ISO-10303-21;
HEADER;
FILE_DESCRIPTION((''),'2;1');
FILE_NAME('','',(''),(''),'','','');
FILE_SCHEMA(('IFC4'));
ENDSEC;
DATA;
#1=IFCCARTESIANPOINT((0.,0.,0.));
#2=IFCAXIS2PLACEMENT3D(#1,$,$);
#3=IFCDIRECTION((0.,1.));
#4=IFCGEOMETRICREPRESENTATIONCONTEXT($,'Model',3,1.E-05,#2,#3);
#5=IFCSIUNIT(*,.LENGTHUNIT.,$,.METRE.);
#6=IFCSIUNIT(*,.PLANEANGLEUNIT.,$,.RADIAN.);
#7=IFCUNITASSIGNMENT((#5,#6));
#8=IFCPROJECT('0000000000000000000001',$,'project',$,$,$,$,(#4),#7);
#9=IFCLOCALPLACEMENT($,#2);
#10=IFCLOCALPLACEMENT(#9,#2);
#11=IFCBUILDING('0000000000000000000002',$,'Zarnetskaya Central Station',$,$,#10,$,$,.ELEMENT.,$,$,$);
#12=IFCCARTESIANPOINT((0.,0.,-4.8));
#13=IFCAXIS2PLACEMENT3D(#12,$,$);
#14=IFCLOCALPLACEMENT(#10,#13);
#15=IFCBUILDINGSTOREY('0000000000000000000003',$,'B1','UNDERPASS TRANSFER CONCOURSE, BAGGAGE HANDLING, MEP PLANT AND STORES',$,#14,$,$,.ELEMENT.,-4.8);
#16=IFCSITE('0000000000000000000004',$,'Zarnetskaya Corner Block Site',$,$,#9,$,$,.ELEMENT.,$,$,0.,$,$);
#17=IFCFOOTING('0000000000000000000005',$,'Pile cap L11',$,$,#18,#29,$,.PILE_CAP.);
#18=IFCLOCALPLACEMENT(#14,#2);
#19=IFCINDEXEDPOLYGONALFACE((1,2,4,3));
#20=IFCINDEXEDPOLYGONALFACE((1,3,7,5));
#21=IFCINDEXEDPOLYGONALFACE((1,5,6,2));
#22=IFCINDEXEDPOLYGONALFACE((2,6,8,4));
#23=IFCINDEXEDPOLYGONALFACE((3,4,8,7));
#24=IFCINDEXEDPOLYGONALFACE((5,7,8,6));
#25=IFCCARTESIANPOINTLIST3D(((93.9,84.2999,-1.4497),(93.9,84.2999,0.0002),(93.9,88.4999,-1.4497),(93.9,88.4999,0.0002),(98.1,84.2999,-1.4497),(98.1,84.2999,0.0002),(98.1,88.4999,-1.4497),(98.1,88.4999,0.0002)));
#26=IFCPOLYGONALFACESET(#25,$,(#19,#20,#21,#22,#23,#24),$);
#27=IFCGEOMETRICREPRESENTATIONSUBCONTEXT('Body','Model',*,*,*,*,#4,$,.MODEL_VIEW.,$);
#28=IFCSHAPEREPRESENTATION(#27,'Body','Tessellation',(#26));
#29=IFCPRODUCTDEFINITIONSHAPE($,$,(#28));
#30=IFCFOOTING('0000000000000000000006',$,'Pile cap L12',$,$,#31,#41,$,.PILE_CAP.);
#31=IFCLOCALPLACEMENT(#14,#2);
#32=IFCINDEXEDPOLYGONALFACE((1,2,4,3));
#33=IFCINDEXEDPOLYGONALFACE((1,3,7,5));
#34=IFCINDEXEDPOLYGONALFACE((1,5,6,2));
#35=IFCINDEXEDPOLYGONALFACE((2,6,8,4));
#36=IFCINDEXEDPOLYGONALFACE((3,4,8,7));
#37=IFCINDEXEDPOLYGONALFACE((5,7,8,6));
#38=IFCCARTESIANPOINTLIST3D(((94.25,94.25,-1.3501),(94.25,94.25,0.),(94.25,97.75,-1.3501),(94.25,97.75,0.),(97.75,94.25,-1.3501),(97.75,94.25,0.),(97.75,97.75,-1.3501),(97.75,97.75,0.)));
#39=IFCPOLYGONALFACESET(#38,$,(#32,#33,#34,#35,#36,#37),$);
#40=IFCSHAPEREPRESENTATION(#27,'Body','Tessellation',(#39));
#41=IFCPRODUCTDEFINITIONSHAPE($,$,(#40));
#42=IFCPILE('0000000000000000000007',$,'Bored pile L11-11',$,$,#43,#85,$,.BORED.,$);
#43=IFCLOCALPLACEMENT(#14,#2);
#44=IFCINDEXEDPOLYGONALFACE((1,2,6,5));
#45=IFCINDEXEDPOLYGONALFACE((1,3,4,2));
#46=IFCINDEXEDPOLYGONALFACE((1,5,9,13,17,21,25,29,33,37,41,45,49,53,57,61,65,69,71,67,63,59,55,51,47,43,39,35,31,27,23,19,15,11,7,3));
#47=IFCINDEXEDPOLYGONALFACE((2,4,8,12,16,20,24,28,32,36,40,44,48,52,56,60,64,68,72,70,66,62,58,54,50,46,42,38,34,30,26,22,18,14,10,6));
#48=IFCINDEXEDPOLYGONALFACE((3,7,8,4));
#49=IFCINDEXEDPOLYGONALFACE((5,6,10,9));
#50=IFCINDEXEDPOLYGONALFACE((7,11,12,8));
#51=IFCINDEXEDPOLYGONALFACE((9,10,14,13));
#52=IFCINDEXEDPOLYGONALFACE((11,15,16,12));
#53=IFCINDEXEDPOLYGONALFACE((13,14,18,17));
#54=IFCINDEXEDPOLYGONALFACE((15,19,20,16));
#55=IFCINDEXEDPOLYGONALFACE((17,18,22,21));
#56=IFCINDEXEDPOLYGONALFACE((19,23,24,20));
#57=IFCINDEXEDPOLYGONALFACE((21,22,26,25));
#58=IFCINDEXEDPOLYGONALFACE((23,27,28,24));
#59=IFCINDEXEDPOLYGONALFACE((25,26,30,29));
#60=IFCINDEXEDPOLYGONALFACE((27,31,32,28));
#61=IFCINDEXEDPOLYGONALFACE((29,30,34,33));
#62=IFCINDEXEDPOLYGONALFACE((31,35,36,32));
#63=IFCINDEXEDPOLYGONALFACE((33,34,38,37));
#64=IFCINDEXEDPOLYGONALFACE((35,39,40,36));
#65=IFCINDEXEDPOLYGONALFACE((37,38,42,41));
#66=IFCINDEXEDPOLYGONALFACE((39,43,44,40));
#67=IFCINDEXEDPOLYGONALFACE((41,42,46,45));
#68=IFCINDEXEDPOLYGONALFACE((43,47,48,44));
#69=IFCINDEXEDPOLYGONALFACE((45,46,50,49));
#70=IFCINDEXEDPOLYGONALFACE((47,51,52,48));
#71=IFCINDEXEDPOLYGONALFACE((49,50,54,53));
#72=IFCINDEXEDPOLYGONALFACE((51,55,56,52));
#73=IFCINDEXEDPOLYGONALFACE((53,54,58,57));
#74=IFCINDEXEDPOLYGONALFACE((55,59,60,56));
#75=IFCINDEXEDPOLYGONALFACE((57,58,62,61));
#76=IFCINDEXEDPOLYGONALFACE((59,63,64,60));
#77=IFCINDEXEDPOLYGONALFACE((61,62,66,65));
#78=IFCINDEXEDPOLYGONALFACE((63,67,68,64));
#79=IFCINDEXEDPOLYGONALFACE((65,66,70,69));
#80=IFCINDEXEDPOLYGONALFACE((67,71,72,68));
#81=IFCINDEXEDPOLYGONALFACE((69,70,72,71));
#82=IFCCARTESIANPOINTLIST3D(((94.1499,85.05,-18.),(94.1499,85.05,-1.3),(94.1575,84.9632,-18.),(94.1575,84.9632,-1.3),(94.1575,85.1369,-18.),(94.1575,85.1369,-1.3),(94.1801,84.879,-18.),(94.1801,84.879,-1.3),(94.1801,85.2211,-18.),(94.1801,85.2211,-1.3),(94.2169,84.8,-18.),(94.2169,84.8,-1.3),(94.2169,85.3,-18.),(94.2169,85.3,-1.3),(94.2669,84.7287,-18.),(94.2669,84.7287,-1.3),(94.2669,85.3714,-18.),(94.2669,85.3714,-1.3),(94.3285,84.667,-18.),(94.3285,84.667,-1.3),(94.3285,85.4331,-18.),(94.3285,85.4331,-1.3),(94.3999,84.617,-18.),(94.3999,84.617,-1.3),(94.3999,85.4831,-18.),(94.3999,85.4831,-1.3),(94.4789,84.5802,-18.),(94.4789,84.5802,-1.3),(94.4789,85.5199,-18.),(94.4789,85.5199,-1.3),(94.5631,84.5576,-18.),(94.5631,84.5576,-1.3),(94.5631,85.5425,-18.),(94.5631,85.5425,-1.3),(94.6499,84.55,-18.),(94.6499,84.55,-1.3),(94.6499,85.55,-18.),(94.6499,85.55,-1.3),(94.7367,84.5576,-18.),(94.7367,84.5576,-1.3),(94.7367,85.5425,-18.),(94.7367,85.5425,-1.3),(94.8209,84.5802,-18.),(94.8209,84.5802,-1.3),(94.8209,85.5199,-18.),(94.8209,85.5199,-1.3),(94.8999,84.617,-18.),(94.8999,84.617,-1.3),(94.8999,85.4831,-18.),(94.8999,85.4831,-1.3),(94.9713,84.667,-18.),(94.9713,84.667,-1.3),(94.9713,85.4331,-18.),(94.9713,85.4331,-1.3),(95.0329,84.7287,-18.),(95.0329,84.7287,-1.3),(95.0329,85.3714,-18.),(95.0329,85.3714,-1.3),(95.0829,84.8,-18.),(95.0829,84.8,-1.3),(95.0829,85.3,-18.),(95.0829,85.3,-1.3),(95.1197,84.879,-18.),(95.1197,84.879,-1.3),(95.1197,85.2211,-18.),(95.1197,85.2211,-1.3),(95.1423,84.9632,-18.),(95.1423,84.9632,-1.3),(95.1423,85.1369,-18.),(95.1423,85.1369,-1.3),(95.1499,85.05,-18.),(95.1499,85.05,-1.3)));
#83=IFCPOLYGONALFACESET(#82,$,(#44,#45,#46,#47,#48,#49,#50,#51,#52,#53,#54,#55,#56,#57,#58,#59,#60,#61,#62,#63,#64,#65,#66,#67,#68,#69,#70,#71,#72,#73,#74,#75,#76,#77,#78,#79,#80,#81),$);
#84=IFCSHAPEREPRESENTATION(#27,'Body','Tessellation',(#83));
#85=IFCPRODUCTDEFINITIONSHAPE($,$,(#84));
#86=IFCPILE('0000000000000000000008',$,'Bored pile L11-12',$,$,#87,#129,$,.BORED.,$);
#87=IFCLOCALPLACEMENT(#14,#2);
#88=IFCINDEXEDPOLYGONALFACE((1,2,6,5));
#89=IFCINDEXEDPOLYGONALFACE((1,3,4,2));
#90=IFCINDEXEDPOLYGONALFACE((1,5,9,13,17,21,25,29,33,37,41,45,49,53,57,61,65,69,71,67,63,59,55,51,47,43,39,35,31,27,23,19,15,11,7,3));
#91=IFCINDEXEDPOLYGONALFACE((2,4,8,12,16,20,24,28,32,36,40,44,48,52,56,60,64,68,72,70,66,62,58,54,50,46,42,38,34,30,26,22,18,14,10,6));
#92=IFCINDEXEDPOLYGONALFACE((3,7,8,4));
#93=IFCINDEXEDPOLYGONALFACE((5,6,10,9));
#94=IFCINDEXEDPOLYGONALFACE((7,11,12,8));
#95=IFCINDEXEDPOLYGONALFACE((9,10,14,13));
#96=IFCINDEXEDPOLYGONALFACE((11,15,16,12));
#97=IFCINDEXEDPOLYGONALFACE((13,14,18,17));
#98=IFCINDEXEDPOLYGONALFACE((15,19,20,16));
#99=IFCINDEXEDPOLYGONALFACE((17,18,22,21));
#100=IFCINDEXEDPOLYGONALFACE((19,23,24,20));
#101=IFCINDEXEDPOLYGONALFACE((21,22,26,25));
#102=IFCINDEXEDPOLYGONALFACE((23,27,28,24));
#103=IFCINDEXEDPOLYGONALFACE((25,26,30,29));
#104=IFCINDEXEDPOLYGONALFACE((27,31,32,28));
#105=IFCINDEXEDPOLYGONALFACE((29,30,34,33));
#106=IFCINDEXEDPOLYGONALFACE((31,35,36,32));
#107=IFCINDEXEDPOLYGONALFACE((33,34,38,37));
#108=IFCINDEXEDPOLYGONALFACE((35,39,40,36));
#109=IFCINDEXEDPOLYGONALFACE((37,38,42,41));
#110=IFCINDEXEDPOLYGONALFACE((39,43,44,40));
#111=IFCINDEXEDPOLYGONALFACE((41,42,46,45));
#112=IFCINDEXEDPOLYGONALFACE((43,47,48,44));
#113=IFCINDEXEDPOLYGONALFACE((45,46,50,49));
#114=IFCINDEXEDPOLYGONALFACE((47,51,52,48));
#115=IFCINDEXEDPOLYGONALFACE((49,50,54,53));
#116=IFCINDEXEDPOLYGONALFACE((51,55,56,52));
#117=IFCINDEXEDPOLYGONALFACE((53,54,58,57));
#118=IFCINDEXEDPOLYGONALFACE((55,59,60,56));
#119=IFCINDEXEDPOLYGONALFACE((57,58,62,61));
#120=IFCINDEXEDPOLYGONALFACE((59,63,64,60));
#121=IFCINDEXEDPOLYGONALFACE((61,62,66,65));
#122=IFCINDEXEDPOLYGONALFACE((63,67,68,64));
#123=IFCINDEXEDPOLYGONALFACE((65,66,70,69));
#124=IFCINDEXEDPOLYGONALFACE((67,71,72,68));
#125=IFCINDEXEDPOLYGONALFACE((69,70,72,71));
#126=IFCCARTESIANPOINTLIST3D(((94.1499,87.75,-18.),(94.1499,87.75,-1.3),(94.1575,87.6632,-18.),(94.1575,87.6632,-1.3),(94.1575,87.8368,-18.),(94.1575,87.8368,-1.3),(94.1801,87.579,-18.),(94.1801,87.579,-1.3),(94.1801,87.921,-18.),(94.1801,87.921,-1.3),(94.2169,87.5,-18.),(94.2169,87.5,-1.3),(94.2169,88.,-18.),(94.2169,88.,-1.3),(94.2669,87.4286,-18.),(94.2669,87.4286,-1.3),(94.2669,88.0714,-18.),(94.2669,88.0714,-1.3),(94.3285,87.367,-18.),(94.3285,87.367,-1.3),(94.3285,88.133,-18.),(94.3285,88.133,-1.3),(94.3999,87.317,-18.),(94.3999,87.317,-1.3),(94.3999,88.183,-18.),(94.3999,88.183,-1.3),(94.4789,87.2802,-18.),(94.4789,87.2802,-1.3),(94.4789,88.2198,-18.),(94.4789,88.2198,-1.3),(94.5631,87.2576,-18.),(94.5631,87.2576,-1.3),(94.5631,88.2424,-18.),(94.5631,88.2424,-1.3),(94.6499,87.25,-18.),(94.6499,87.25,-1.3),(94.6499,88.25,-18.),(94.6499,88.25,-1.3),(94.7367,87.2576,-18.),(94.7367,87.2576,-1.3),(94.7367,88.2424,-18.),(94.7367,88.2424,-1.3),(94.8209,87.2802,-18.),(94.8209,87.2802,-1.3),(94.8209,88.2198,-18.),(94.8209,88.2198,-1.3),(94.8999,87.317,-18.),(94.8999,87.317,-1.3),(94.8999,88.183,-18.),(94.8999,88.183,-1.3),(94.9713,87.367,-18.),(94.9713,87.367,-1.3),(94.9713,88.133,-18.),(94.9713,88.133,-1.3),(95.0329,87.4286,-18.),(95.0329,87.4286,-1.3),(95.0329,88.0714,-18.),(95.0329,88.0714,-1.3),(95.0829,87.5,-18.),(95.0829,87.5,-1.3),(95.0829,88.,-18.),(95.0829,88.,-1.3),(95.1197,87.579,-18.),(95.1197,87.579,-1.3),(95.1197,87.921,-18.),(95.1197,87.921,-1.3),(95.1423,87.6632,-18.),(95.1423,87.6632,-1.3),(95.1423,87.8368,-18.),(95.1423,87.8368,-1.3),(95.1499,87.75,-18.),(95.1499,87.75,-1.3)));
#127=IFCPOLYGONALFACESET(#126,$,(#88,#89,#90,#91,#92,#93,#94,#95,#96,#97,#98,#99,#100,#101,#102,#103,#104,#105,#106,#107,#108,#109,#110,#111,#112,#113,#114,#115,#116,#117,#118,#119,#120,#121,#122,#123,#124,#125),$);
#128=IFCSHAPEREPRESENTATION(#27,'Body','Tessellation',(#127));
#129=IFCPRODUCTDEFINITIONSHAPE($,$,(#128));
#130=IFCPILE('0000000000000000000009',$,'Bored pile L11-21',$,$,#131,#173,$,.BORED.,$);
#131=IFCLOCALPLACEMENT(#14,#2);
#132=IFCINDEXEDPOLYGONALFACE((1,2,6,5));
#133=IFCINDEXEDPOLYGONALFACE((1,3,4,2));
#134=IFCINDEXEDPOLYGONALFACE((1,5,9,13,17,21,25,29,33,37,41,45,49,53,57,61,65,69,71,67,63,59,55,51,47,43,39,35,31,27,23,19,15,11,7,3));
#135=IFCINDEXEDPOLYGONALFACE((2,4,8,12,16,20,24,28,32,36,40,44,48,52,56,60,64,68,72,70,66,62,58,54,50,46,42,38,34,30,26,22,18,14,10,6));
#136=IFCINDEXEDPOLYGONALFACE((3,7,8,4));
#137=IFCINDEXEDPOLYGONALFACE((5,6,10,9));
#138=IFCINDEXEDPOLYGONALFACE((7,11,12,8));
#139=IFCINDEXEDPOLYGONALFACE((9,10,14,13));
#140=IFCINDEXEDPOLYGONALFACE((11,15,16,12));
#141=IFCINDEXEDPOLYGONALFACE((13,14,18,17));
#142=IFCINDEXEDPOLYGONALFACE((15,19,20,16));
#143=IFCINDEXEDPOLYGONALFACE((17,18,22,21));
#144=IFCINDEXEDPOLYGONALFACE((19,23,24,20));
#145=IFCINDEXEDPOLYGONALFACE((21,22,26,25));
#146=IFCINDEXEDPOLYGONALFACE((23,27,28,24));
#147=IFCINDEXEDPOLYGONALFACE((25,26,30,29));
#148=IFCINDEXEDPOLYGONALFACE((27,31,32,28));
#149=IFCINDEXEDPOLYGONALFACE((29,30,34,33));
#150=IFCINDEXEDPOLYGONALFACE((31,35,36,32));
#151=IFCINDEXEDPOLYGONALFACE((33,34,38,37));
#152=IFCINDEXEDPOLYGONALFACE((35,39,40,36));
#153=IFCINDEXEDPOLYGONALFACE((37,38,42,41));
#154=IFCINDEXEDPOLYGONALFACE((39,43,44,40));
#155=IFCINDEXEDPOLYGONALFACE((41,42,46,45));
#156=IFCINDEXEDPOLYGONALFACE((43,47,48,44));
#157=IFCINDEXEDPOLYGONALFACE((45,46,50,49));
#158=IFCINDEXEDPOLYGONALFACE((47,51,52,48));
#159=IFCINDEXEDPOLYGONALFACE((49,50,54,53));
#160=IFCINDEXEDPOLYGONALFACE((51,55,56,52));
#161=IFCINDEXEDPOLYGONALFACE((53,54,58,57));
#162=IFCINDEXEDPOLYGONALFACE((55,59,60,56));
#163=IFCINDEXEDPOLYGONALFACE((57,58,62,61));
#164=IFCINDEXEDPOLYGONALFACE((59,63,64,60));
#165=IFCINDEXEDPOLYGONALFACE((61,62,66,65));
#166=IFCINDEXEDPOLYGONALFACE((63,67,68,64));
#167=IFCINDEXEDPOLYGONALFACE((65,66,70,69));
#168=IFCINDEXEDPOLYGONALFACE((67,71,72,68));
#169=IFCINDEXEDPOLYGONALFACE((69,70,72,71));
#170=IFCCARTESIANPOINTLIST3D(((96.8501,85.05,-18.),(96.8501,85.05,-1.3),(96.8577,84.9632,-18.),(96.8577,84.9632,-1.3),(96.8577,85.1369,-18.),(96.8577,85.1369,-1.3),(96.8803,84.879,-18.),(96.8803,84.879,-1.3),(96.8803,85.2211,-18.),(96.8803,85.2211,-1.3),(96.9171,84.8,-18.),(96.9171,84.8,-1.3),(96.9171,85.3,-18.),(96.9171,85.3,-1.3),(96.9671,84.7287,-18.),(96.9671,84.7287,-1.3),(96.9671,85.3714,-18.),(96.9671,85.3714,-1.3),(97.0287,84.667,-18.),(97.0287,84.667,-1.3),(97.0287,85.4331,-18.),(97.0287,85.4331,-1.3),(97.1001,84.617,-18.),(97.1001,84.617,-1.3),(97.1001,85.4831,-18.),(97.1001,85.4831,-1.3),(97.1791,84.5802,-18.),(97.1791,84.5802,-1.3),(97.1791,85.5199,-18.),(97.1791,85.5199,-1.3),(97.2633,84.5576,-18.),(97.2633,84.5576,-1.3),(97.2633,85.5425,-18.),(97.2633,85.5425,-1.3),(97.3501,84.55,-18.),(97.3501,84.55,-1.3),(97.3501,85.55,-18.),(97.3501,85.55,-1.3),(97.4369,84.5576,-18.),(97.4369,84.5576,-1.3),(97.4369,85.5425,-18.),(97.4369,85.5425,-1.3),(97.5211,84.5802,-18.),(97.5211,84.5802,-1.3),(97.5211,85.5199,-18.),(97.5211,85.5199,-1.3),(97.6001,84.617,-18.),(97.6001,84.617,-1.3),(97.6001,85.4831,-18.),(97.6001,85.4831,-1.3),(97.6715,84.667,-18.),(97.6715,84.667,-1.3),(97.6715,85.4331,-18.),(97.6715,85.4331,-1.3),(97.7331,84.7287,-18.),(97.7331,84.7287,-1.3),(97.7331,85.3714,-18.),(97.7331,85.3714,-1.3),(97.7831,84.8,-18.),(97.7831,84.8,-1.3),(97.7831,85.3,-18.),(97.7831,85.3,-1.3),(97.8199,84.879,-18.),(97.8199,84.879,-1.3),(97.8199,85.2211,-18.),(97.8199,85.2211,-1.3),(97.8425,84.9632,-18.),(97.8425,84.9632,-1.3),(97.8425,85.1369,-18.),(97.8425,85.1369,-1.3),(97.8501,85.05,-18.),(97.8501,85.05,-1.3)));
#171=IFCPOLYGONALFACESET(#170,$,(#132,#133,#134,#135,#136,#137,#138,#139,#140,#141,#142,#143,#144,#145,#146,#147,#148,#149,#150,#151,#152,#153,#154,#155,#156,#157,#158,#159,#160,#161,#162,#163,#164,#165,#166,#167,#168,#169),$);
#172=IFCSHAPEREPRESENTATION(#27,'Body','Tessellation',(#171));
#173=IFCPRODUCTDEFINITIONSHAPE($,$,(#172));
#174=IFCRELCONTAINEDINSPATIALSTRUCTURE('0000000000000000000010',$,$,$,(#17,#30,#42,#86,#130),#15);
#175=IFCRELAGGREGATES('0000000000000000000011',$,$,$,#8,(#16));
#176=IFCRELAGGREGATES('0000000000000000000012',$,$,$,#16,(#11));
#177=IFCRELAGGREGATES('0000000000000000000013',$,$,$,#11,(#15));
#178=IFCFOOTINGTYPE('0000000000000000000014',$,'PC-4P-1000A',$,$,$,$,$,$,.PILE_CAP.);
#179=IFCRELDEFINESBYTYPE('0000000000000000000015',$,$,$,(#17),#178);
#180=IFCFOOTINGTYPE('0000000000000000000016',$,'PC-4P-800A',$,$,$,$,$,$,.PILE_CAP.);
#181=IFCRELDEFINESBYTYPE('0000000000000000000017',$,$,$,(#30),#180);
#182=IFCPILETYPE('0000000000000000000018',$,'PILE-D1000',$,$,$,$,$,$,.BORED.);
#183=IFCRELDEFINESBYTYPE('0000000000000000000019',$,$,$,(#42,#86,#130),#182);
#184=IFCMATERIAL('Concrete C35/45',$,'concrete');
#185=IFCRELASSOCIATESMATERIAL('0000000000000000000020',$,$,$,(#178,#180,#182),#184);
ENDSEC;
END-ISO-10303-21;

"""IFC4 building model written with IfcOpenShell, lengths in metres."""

from ifc_helpers import new_model, si_unit, direction, frame, origin, origin_2d, place, context, subcontext, project, spatial, rectangle, circle, extrude, material, material_profile, profile_set, type_object, element, save


model = new_model("IFC4")

# Units and contexts
model_context = context("Model", 3, precision=1e-05, world=origin(), true_north=direction((0.0, 1.0)))
body_context = subcontext(model_context, "Body", "Model", "MODEL_VIEW")
ifc_project = project(units=[si_unit("LENGTHUNIT", "METRE"), si_unit("PLANEANGLEUNIT", "RADIAN")], contexts=[model_context])

# Site, building, storey
site_placement = place(None, origin())
site = spatial("IfcSite", under=ifc_project, at=site_placement, Name="Zarnetskaya Corner Block Site", CompositionType="ELEMENT", RefElevation=0.0)
building_placement = place(site_placement, origin())
building = spatial("IfcBuilding", under=site, at=building_placement, Name="Zarnetskaya Central Station", CompositionType="ELEMENT")
storey_placement = place(building_placement, frame((0.0, 0.0, -4.8)))
storey = spatial("IfcBuildingStorey", under=building, at=storey_placement, Name="B1", Description="UNDERPASS TRANSFER CONCOURSE, BAGGAGE HANDLING, MEP PLANT AND STORES", CompositionType="ELEMENT", Elevation=-4.8)

# Footings
ifc_material = material(Name="Concrete C35/45", Category="concrete")
footing_type_1 = type_object("IfcFootingType", Name="PC-4P-1000A", PredefinedType="PILE_CAP", material=ifc_material)
footing_1_placement = place(storey_placement, frame((96.0, 86.3999, -1.4497), z_axis=(0.0, 0.0, 1.0), x_axis=(1.0, 0.0, 0.0)))
element("IfcFooting", 1, at=footing_1_placement, inside=storey, type_object=footing_type_1, Name="Pile cap L11", PredefinedType="PILE_CAP", context=body_context, shape_type="SweptSolid", body=[
    extrude(rectangle(XDim=4.2, YDim=4.2, at=origin_2d()), origin(), (0.0, 0.0, 1.0), 1.45),
])
footing_type_2 = type_object("IfcFootingType", Name="PC-4P-800A", PredefinedType="PILE_CAP", material=ifc_material)
footing_2_placement = place(storey_placement, frame((96.0, 96.0, -1.3501), z_axis=(0.0, 0.0, 1.0), x_axis=(1.0, 0.0, 0.0)))
element("IfcFooting", 2, at=footing_2_placement, inside=storey, type_object=footing_type_2, Name="Pile cap L12", PredefinedType="PILE_CAP", context=body_context, shape_type="SweptSolid", body=[
    extrude(rectangle(XDim=3.5, YDim=3.5, at=origin_2d()), origin(), (0.0, 0.0, 1.0), 1.3501),
])

# Piles
ifc_material_profile_1 = material_profile(ifc_material, circle(Radius=0.5, at=origin_2d()), Name="BORED PILE D1000")
ifc_profile_set_1 = profile_set([ifc_material_profile_1], Name="Concrete C35/45")
pile_type_1 = type_object("IfcPileType", Name="PILE-D1000", PredefinedType="BORED", material=ifc_profile_set_1)
for number, where, z_axis, x_axis, name in (
    (3, (94.6499, 85.05, -1.3), (0.0, 0.0, -1.0), (1.0, 0.0, 0.0), "Bored pile L11-11"),
    (4, (94.6499, 87.75, -1.3), (0.0, 0.0, -1.0), (1.0, 0.0, 0.0), "Bored pile L11-12"),
    (5, (97.3501, 85.05, -1.3), (0.0, 0.0, -1.0), (1.0, 0.0, 0.0), "Bored pile L11-21"),
):
    element("IfcPile", number, at=place(storey_placement, frame(where, z_axis=z_axis, x_axis=x_axis)), inside=storey, type_object=pile_type_1, Name=name, PredefinedType="BORED", context=body_context, shape_type="SweptSolid", body=[
        extrude(circle(Radius=0.5, at=origin_2d()), origin(), (0.0, 0.0, 1.0), 16.7),
    ])

save(model, "model.ifc")
